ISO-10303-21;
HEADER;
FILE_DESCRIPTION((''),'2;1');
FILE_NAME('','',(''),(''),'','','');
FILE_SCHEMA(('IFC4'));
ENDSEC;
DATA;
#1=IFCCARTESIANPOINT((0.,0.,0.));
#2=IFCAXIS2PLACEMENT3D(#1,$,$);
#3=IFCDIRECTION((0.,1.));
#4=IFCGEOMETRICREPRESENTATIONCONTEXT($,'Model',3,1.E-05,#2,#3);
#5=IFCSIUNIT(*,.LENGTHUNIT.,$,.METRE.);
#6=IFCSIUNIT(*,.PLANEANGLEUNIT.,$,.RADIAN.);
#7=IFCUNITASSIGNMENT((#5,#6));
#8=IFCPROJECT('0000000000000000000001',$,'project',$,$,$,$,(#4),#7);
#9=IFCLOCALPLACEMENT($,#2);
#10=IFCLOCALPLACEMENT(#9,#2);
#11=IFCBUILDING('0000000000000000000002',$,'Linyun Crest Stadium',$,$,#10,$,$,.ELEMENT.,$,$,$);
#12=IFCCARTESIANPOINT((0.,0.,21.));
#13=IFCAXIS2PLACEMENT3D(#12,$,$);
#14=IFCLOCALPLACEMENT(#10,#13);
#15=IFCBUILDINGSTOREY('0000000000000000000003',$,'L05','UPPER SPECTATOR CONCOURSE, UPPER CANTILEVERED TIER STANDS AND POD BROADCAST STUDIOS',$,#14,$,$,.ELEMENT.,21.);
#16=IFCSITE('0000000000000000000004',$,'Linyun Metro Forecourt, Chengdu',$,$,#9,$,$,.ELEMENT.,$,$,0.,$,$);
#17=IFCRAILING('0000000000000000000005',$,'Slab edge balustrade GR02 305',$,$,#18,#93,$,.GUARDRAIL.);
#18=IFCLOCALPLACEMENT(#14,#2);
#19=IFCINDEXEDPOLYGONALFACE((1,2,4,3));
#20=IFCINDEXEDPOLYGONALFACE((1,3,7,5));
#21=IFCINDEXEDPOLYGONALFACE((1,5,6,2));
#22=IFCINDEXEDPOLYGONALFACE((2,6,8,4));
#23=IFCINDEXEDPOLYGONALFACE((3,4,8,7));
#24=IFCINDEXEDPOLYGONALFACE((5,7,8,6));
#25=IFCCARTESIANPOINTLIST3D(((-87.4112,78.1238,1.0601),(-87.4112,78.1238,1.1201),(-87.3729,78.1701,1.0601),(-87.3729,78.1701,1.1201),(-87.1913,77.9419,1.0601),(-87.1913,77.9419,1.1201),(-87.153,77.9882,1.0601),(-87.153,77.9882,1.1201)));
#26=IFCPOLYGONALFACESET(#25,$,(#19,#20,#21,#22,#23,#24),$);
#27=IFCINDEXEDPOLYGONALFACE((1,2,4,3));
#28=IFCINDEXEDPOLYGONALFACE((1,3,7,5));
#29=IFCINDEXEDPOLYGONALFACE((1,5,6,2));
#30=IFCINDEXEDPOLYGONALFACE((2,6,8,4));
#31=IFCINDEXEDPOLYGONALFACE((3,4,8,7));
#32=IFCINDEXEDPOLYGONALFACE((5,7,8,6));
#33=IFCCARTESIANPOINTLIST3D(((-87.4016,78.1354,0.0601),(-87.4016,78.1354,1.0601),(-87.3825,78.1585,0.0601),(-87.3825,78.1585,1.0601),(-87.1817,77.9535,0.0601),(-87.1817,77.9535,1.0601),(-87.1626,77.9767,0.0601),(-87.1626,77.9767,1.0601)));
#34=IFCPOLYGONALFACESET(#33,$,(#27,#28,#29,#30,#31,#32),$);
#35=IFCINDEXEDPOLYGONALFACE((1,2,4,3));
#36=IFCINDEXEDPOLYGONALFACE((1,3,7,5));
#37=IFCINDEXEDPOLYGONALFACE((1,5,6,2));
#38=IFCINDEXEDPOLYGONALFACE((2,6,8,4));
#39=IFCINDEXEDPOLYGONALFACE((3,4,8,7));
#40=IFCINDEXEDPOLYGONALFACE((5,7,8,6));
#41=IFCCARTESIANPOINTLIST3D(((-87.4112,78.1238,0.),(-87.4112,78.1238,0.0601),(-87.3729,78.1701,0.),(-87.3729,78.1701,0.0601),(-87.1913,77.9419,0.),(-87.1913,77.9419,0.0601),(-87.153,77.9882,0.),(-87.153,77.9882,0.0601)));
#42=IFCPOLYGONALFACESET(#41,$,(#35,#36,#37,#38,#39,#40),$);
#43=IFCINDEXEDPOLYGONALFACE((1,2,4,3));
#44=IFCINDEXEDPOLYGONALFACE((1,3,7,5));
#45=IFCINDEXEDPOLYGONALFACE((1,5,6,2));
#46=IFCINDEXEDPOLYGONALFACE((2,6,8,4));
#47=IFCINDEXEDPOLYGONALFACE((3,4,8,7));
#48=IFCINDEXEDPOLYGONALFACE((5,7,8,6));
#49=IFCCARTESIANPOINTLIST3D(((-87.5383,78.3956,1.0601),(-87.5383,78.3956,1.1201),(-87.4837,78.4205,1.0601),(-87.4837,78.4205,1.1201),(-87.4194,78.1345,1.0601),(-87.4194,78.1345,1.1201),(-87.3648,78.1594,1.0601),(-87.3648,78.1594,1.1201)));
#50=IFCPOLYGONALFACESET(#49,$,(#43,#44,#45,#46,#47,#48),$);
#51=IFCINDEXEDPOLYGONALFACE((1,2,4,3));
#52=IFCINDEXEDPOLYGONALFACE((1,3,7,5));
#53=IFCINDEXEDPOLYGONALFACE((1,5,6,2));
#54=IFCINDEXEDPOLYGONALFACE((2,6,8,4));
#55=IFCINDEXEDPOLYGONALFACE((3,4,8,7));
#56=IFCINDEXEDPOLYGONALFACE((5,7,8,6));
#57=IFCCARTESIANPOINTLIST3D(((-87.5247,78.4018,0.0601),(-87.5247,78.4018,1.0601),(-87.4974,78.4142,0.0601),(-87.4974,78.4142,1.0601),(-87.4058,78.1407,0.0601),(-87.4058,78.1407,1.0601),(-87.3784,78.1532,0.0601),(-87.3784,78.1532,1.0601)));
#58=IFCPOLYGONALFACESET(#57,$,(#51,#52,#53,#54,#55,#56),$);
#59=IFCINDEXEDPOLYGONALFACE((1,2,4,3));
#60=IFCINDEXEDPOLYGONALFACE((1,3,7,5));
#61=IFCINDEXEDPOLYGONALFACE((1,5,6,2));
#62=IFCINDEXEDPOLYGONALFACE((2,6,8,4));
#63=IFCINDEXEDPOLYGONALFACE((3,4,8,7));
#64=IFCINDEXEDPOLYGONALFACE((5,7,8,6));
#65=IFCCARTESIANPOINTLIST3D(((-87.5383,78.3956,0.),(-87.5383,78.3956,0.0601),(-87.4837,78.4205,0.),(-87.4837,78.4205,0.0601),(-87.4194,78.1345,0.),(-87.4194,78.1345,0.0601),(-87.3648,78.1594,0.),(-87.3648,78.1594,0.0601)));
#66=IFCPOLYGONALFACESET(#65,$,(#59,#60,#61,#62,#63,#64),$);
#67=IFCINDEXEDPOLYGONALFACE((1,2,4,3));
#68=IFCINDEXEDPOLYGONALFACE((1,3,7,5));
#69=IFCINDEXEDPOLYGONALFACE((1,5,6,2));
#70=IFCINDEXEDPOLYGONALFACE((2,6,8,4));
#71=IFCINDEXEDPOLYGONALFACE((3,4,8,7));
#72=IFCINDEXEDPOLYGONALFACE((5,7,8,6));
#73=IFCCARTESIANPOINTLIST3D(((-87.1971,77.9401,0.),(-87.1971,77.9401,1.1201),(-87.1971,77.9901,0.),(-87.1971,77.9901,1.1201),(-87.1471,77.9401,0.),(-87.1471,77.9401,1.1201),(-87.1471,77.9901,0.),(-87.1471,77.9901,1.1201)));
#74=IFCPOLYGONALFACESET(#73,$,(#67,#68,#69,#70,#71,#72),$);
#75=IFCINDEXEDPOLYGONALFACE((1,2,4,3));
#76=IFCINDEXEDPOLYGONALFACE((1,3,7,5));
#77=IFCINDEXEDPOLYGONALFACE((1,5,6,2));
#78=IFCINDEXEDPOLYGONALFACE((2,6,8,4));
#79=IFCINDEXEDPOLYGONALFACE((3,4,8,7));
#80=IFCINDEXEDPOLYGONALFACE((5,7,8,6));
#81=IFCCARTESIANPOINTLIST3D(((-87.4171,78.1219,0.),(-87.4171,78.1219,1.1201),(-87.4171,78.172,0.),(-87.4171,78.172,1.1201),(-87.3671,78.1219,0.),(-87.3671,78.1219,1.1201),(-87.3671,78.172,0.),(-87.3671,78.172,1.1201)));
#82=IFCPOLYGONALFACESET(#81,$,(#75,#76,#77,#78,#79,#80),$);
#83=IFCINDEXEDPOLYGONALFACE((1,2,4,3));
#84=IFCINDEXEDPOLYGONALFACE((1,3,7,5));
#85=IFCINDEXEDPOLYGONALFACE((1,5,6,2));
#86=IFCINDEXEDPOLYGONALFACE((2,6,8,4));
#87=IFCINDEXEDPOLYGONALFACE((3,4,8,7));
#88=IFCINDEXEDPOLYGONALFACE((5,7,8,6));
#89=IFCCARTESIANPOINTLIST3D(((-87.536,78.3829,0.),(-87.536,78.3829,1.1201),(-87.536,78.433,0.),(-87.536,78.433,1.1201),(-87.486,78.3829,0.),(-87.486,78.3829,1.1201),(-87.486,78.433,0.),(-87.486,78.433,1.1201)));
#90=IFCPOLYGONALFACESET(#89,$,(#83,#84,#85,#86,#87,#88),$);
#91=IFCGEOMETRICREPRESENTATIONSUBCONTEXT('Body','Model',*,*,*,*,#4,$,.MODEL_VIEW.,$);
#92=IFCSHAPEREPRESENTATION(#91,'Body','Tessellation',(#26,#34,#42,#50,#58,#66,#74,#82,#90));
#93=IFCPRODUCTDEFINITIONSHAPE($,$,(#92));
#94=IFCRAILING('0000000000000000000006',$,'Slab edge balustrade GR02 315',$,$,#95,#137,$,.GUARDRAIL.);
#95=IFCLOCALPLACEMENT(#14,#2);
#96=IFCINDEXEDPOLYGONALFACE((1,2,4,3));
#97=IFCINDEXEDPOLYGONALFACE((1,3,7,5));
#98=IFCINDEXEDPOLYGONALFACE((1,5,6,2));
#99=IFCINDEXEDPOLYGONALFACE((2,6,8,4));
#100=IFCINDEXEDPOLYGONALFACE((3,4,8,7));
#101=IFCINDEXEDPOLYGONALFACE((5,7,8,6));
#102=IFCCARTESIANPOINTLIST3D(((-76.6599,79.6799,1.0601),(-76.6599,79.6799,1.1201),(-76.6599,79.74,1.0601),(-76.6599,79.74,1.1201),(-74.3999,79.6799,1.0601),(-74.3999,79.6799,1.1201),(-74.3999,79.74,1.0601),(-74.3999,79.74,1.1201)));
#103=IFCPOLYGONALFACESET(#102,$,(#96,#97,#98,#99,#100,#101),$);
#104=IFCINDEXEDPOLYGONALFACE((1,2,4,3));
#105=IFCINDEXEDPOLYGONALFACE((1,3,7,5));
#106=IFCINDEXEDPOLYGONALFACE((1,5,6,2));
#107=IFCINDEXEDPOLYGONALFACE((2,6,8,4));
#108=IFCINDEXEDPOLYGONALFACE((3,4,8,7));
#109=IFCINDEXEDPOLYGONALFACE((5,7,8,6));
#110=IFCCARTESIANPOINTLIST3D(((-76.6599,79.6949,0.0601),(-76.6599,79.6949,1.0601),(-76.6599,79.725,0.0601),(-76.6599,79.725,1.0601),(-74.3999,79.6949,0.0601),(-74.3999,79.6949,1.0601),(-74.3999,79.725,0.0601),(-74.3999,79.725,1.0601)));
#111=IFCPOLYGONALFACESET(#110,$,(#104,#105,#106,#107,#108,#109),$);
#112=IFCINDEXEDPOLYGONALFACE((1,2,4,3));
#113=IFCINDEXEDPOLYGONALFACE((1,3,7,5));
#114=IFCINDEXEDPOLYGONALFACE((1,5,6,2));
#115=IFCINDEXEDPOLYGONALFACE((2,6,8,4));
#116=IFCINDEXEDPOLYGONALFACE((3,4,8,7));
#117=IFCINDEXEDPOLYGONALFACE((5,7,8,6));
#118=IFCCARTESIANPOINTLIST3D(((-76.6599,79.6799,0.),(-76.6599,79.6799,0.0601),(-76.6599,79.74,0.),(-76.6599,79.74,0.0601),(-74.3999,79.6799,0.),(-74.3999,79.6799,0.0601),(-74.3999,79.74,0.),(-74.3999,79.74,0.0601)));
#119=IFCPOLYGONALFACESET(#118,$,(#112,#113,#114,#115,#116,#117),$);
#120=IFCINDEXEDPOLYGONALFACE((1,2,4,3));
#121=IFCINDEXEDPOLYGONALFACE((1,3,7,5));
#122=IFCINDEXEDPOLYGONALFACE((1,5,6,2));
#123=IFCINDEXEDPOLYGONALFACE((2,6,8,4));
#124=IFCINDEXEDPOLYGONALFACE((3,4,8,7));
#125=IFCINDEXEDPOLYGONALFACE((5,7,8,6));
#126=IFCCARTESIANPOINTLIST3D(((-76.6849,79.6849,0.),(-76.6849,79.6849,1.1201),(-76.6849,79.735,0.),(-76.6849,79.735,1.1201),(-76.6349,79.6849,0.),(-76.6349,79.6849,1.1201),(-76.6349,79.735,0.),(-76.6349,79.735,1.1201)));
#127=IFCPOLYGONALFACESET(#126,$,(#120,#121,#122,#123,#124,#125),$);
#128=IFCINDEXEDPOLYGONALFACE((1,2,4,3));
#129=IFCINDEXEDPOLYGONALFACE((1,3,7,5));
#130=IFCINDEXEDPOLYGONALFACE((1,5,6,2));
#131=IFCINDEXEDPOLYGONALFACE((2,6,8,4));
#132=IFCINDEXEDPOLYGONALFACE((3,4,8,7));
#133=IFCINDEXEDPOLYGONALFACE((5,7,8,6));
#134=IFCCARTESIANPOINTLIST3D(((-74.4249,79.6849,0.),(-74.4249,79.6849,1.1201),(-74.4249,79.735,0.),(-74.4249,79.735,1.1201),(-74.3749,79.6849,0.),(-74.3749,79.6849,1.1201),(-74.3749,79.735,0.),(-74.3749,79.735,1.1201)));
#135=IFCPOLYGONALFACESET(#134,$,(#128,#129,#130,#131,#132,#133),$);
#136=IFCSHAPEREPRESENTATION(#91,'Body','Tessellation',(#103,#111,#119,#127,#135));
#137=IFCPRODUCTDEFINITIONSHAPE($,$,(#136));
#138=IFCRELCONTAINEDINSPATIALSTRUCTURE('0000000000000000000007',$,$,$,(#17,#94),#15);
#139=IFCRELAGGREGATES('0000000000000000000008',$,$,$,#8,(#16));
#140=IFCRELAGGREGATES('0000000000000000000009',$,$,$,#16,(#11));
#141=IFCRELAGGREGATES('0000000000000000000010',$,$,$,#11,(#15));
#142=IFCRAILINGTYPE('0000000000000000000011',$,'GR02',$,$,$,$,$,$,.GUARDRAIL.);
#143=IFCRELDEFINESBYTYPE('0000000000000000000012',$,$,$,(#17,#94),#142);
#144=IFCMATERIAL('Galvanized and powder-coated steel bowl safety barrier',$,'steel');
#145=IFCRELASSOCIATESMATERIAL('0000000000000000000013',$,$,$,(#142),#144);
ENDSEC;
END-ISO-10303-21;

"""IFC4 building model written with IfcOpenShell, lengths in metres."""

from ifc_helpers import new_model, si_unit, direction, frame, origin, origin_2d, place, context, subcontext, project, spatial, rectangle, extrude, material, type_object, element, save


model = new_model("IFC4")

# Units and contexts
model_context = context("Model", 3, precision=1e-05, world=origin(), true_north=direction((0.0, 1.0)))
body_context = subcontext(model_context, "Body", "Model", "MODEL_VIEW")
ifc_project = project(units=[si_unit("LENGTHUNIT", "METRE"), si_unit("PLANEANGLEUNIT", "RADIAN")], contexts=[model_context])

# Site, building, storey
site_placement = place(None, origin())
site = spatial("IfcSite", under=ifc_project, at=site_placement, Name="Linyun Metro Forecourt, Chengdu", CompositionType="ELEMENT", RefElevation=0.0)
building_placement = place(site_placement, origin())
building = spatial("IfcBuilding", under=site, at=building_placement, Name="Linyun Crest Stadium", CompositionType="ELEMENT")
storey_placement = place(building_placement, frame((0.0, 0.0, 21.0)))
storey = spatial("IfcBuildingStorey", under=building, at=storey_placement, Name="L05", Description="UPPER SPECTATOR CONCOURSE, UPPER CANTILEVERED TIER STANDS AND POD BROADCAST STUDIOS", CompositionType="ELEMENT", Elevation=21.0)

# Railings
ifc_material_1 = material(Name="Galvanized and powder-coated steel bowl safety barrier", Category="steel")
railing_type_1 = type_object("IfcRailingType", Name="GR02", PredefinedType="GUARDRAIL", material=ifc_material_1)
railing_1_placement = place(storey_placement, frame((-87.1721, 77.9651, 0.0)))
element("IfcRailing", 1, at=railing_1_placement, inside=storey, type_object=railing_type_1, Name="Slab edge balustrade GR02 305", PredefinedType="GUARDRAIL", context=body_context, shape_type="SweptSolid", body=[
    extrude(rectangle(XDim=0.0601, YDim=0.0601, at=origin_2d()), frame((0.0, 0.0, 1.0901), z_axis=(-0.77067, 0.637235, 0.0), x_axis=(-0.637235, -0.77067, 0.0)), (0.0, 0.0, 1.0), 0.2854),
    extrude(rectangle(XDim=0.03, YDim=1.0, at=origin_2d()), frame((0.0, 0.0, 0.5601), z_axis=(-0.77067, 0.637235, 0.0), x_axis=(-0.637235, -0.77067, 0.0)), (0.0, 0.0, 1.0), 0.2854),
    extrude(rectangle(XDim=0.0601, YDim=0.0601, at=origin_2d()), frame((0.0, 0.0, 0.03), z_axis=(-0.77067, 0.637235, 0.0), x_axis=(-0.637235, -0.77067, 0.0)), (0.0, 0.0, 1.0), 0.2854),
    extrude(rectangle(XDim=0.0601, YDim=0.0601, at=origin_2d()), frame((-0.22, 0.1819, 1.0901), z_axis=(-0.414572, 0.910016, 0.0), x_axis=(-0.910016, -0.414572, 0.0)), (0.0, 0.0, 1.0), 0.2869),
    extrude(rectangle(XDim=0.03, YDim=1.0, at=origin_2d()), frame((-0.22, 0.1819, 0.5601), z_axis=(-0.414572, 0.910016, 0.0), x_axis=(-0.910016, -0.414572, 0.0)), (0.0, 0.0, 1.0), 0.2869),
    extrude(rectangle(XDim=0.0601, YDim=0.0601, at=origin_2d()), frame((-0.22, 0.1819, 0.03), z_axis=(-0.414572, 0.910016, 0.0), x_axis=(-0.910016, -0.414572, 0.0)), (0.0, 0.0, 1.0), 0.2869),
    extrude(rectangle(XDim=0.05, YDim=0.05, at=origin_2d()), origin(), (0.0, 0.0, 1.0), 1.1201),
    extrude(rectangle(XDim=0.05, YDim=0.05, at=origin_2d()), frame((-0.22, 0.1819, 0.0)), (0.0, 0.0, 1.0), 1.1201),
    extrude(rectangle(XDim=0.05, YDim=0.05, at=origin_2d()), frame((-0.3389, 0.4429, 0.0)), (0.0, 0.0, 1.0), 1.1201),
])
railing_2_placement = place(storey_placement, frame((-76.6599, 79.71, 0.0)))
element("IfcRailing", 2, at=railing_2_placement, inside=storey, type_object=railing_type_1, Name="Slab edge balustrade GR02 315", PredefinedType="GUARDRAIL", context=body_context, shape_type="SweptSolid", body=[
    extrude(rectangle(XDim=0.0601, YDim=0.0601, at=origin_2d()), frame((0.0, 0.0, 1.0901), z_axis=(1.0, 0.0, 0.0), x_axis=(0.0, 1.0, 0.0)), (0.0, 0.0, 1.0), 2.26),
    extrude(rectangle(XDim=0.03, YDim=1.0, at=origin_2d()), frame((0.0, 0.0, 0.5601), z_axis=(1.0, 0.0, 0.0), x_axis=(0.0, 1.0, 0.0)), (0.0, 0.0, 1.0), 2.26),
    extrude(rectangle(XDim=0.0601, YDim=0.0601, at=origin_2d()), frame((0.0, 0.0, 0.03), z_axis=(1.0, 0.0, 0.0), x_axis=(0.0, 1.0, 0.0)), (0.0, 0.0, 1.0), 2.26),
    extrude(rectangle(XDim=0.05, YDim=0.05, at=origin_2d()), origin(), (0.0, 0.0, 1.0), 1.1201),
    extrude(rectangle(XDim=0.05, YDim=0.05, at=origin_2d()), frame((2.26, 0.0, 0.0)), (0.0, 0.0, 1.0), 1.1201),
])

save(model, "model.ifc")
